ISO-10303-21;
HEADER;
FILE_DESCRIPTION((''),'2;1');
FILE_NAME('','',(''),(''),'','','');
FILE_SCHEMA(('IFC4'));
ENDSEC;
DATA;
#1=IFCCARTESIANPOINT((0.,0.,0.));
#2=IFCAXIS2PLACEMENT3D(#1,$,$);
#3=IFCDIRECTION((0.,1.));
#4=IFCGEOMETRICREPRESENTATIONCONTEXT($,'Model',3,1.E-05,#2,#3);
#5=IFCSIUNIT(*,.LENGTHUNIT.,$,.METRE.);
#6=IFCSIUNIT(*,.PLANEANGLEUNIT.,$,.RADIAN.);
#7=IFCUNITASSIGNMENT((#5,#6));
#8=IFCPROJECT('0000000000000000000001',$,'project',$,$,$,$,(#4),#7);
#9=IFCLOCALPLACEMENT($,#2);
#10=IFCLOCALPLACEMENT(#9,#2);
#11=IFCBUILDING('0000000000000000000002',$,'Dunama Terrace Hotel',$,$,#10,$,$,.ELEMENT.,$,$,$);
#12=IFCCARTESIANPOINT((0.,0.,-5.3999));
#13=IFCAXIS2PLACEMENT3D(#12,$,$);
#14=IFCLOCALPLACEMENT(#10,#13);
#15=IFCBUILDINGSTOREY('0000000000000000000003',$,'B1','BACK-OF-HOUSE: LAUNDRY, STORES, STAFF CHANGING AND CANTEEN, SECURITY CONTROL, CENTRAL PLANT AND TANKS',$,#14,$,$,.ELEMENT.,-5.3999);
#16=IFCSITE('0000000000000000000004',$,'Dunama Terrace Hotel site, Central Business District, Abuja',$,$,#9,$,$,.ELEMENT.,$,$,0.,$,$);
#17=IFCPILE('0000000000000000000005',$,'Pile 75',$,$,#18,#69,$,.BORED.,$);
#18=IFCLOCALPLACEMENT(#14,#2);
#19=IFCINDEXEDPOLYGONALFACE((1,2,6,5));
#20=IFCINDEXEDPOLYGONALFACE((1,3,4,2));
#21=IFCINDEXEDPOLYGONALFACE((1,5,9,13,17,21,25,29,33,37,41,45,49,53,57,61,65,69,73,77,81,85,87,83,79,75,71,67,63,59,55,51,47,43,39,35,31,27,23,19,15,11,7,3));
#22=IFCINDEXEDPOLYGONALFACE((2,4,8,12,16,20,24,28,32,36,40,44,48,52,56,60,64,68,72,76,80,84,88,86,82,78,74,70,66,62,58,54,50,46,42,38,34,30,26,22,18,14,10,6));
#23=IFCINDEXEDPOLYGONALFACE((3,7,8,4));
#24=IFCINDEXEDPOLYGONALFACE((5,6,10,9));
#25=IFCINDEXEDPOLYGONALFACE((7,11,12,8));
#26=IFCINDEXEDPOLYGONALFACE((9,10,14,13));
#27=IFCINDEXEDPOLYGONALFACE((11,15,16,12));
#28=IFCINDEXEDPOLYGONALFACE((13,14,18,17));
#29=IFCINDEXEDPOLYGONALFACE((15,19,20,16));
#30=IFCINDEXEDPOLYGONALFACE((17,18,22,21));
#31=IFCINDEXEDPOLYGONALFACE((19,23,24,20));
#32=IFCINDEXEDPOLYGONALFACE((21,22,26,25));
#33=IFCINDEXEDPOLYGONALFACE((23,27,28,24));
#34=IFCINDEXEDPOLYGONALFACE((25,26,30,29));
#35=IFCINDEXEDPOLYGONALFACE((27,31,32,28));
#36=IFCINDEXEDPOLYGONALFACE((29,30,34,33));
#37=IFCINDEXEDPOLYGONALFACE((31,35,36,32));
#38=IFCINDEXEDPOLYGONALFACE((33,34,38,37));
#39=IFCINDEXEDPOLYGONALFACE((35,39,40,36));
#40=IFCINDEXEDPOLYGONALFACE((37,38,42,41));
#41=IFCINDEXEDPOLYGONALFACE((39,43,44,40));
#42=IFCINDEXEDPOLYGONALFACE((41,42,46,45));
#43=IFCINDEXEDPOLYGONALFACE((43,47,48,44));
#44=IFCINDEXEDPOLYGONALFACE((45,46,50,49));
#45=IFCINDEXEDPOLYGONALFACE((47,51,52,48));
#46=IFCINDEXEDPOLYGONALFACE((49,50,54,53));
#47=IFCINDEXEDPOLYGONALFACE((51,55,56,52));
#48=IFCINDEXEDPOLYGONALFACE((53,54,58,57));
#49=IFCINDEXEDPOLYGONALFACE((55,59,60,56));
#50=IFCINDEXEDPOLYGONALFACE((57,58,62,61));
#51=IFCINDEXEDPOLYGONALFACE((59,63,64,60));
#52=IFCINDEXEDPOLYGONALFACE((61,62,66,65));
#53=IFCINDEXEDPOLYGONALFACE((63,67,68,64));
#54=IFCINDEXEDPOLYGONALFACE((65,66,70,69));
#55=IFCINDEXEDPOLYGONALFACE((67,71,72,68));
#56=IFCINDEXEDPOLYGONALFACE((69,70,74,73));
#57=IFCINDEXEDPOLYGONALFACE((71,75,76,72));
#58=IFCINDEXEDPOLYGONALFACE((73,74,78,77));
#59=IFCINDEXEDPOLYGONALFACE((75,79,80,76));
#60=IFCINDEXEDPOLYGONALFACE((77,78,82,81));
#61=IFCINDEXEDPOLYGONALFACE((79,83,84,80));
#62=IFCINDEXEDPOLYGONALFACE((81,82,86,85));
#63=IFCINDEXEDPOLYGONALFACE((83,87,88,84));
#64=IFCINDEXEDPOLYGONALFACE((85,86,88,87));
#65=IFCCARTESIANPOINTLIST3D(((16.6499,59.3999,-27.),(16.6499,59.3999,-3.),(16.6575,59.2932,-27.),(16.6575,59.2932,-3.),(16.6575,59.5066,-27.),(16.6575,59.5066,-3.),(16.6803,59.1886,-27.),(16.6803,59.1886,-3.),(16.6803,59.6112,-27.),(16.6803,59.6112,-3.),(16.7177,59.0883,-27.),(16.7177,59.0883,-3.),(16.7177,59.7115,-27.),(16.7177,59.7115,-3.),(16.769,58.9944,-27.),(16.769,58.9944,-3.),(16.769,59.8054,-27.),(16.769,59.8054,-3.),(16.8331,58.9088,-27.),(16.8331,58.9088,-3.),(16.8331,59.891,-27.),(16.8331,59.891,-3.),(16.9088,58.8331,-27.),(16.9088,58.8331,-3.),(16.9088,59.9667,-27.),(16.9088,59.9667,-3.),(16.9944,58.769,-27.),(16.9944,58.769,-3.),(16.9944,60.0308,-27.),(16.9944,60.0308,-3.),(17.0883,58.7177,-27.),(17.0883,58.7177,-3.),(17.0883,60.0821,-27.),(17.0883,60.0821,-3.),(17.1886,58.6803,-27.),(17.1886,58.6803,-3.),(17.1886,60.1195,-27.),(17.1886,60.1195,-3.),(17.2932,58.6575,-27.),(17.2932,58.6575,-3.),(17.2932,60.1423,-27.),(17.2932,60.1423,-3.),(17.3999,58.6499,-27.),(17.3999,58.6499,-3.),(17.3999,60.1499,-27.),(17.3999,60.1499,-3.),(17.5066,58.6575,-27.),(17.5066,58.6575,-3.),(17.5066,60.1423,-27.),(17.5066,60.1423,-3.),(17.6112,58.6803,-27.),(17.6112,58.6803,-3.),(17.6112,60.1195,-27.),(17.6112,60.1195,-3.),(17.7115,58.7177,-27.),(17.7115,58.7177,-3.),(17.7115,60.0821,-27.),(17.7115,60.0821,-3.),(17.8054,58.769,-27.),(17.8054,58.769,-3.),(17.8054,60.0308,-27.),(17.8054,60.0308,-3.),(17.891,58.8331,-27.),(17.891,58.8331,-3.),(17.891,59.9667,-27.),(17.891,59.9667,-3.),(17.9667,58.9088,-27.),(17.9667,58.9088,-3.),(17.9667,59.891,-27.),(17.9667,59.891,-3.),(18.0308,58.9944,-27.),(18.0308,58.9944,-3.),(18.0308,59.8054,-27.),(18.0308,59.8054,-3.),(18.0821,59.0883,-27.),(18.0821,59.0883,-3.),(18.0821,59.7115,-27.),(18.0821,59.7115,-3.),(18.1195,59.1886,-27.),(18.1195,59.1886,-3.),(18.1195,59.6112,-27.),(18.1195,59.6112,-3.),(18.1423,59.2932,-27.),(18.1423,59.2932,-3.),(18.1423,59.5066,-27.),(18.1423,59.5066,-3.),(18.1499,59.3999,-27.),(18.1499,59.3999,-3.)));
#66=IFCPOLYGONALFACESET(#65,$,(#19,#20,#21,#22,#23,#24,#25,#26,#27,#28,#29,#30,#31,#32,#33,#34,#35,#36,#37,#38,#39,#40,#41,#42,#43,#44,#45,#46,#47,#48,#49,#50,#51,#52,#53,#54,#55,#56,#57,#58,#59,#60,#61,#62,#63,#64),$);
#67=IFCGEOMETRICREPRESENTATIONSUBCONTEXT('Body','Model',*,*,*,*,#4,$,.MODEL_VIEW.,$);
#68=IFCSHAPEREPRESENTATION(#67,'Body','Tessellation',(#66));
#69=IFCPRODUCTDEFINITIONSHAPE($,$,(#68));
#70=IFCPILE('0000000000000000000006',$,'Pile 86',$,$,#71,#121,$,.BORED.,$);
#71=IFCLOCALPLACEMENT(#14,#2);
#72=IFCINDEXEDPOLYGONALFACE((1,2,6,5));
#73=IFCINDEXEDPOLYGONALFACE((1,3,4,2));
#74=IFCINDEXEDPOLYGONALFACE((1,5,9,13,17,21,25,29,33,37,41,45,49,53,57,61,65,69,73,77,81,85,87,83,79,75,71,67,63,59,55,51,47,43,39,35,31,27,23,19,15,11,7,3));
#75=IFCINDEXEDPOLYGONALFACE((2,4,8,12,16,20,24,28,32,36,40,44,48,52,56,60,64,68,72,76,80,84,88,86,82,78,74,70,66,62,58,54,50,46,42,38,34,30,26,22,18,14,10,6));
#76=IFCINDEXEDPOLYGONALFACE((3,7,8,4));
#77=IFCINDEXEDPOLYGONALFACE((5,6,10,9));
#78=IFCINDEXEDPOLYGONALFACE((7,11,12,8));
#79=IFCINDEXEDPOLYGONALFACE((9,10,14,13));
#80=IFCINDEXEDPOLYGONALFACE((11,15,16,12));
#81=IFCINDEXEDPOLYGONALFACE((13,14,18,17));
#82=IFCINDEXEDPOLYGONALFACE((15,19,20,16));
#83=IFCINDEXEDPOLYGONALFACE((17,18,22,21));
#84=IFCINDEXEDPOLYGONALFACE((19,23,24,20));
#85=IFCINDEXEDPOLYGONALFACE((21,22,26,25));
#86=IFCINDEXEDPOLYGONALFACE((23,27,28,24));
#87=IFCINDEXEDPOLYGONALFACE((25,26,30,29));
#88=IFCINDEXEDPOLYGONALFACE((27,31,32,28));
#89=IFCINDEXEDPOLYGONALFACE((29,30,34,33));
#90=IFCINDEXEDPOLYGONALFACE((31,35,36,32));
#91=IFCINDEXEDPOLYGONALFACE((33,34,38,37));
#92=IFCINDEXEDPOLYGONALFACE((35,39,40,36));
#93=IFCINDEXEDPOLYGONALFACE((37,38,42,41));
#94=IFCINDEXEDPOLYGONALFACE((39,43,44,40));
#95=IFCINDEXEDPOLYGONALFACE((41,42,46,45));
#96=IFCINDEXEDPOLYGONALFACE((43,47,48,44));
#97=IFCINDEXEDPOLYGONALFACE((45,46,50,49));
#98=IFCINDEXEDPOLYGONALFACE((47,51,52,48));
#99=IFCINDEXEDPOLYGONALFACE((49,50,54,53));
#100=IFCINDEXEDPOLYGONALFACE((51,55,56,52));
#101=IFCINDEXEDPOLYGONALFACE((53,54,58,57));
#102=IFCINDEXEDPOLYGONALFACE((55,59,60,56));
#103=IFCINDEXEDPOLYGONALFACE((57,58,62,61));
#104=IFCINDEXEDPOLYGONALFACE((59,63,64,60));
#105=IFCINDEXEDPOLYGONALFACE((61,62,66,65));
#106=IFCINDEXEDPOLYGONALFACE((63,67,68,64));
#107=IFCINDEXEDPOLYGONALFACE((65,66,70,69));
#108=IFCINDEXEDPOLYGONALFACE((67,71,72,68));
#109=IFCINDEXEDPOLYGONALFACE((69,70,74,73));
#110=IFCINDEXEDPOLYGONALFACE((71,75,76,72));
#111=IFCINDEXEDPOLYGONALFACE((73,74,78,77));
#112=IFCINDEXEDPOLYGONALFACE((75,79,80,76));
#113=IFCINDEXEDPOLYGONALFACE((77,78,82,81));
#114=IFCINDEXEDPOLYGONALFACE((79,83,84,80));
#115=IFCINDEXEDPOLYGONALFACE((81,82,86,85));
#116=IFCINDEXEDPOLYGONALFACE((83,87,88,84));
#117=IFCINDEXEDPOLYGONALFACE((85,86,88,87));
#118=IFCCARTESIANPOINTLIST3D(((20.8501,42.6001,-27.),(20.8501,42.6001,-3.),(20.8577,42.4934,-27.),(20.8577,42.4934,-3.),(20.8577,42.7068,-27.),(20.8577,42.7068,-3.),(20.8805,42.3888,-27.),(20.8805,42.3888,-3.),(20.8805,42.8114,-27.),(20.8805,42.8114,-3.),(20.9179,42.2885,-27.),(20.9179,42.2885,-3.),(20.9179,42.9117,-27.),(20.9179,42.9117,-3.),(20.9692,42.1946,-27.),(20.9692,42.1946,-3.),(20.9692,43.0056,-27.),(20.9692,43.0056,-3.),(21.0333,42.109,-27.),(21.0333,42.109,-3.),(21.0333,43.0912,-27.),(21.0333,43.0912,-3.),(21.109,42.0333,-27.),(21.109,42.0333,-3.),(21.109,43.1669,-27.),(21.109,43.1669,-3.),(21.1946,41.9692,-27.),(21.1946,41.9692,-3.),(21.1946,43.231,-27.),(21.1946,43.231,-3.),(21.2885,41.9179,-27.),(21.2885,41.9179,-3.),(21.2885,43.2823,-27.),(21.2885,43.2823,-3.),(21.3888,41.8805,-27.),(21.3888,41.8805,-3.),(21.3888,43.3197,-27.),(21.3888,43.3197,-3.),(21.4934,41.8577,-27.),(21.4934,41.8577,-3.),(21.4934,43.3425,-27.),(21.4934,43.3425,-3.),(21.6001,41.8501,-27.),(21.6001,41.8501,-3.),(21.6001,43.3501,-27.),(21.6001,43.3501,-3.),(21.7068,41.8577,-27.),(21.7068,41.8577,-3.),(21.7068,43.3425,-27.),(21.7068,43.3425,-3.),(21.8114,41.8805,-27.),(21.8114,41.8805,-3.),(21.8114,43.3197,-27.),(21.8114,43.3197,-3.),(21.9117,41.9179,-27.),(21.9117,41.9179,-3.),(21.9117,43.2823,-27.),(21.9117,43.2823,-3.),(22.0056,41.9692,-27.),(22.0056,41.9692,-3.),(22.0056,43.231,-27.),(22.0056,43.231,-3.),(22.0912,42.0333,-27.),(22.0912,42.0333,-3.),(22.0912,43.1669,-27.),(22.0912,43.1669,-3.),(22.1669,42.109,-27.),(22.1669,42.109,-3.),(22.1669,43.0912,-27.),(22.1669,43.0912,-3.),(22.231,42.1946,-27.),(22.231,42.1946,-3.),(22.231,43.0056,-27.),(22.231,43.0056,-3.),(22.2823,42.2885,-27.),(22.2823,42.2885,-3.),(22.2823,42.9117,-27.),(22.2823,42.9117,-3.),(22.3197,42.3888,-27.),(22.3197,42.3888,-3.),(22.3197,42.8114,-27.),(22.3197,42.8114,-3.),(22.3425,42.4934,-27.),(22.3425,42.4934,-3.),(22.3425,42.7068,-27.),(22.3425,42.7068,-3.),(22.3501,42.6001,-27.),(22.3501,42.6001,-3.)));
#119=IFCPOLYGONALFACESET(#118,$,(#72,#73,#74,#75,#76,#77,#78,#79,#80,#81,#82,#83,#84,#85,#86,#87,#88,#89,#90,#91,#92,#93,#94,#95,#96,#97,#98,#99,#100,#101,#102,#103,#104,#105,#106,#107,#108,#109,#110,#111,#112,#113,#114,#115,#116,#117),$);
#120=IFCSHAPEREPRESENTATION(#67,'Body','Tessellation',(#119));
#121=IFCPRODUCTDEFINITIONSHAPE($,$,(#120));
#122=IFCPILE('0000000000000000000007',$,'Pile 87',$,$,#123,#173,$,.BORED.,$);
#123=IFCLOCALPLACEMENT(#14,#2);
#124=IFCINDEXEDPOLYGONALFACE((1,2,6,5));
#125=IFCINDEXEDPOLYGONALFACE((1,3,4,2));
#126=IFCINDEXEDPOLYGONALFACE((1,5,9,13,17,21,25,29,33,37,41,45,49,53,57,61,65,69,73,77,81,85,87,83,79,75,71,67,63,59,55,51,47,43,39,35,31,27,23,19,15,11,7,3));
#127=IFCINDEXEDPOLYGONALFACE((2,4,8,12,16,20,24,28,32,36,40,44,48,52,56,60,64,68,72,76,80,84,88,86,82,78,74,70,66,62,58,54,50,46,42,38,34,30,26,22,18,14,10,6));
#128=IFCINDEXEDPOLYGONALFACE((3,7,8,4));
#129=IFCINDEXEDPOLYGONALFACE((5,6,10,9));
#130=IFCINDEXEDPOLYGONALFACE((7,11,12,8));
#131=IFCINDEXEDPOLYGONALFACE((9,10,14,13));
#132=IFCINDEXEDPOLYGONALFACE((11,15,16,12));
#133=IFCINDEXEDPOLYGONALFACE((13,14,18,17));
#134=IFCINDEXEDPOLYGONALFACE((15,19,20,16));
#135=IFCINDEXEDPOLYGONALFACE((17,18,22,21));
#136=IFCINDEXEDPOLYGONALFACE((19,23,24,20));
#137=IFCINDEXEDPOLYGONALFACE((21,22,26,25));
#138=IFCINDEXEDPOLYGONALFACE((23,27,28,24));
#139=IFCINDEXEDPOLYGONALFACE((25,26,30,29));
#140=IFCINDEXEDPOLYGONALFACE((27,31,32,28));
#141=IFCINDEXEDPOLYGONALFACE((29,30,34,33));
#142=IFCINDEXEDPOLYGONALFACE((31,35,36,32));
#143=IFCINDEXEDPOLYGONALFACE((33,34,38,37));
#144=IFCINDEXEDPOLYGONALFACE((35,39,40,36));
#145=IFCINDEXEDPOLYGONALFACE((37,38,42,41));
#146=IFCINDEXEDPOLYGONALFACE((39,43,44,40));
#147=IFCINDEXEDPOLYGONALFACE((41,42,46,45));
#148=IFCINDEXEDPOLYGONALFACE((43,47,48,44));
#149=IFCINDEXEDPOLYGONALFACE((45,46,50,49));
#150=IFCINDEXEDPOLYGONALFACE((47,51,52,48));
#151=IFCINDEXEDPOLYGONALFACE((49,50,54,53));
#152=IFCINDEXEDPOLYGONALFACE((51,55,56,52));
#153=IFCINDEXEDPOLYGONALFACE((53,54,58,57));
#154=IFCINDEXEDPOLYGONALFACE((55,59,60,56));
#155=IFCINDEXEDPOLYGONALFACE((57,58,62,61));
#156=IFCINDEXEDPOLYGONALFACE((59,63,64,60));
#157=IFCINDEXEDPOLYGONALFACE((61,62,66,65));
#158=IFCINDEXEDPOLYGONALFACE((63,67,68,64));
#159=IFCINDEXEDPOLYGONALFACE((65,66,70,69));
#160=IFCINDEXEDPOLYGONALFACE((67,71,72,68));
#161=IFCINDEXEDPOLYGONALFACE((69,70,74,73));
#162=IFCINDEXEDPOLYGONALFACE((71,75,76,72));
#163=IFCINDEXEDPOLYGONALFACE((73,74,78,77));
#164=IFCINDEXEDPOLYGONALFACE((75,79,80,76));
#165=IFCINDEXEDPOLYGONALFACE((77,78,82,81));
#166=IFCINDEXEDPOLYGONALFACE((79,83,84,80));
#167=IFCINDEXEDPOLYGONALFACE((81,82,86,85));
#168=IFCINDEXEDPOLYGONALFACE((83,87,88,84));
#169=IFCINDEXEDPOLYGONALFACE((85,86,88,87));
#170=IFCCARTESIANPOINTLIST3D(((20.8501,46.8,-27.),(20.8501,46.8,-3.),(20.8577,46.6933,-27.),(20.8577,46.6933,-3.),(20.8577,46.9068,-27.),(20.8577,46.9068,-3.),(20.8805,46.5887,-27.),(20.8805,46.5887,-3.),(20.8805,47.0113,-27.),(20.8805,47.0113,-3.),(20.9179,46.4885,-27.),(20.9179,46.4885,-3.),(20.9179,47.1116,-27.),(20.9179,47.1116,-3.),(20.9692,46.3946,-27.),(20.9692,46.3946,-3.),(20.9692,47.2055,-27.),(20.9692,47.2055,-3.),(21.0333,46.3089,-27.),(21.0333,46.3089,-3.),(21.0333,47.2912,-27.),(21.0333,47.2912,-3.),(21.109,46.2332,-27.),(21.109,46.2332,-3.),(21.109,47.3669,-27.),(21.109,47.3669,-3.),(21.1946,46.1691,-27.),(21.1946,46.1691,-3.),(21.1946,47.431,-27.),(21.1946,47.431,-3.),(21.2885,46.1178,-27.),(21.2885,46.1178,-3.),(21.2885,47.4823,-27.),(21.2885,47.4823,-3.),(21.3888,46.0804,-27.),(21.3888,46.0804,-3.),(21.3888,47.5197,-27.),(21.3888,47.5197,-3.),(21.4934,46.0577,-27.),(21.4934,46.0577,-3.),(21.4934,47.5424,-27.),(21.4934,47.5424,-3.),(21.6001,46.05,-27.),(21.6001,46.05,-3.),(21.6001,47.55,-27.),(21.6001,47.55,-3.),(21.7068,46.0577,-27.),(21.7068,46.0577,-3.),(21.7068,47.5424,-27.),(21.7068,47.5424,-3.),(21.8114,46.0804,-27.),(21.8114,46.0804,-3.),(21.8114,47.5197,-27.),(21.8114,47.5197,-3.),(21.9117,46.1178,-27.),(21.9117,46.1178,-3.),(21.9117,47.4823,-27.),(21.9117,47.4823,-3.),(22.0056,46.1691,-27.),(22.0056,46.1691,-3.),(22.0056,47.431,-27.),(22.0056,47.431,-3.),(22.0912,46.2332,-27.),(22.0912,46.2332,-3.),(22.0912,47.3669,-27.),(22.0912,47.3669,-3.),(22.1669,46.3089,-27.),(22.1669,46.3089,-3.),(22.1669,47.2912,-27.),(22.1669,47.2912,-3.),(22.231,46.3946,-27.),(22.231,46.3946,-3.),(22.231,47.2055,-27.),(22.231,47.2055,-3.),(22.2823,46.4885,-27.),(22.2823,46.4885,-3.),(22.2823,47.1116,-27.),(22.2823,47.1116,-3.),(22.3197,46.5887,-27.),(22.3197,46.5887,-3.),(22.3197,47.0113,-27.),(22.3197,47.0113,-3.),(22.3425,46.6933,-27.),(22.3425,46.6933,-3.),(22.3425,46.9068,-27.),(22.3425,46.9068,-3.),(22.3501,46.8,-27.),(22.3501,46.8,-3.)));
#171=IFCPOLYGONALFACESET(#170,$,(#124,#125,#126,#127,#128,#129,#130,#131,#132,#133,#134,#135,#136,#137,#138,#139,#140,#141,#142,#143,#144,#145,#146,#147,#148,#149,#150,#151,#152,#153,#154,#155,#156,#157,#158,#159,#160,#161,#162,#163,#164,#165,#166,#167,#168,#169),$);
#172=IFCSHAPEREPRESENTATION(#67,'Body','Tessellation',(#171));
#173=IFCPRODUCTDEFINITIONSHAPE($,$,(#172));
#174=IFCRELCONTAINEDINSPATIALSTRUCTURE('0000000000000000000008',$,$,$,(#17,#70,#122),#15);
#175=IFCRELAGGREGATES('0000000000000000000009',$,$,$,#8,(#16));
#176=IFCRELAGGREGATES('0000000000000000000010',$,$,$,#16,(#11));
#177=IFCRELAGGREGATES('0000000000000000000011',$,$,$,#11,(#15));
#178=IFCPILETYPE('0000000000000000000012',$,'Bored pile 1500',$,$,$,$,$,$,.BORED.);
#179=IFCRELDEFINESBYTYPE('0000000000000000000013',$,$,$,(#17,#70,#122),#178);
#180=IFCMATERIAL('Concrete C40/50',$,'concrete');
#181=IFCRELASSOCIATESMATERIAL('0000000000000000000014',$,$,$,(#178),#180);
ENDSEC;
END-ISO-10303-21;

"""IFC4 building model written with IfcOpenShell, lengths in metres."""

from ifc_helpers import new_model, si_unit, direction, frame, origin, origin_2d, place, context, subcontext, project, spatial, circle, extrude, material, material_profile, profile_set, type_object, element, save


model = new_model("IFC4")

# Units and contexts
model_context = context("Model", 3, precision=1e-05, world=origin(), true_north=direction((0.0, 1.0)))
body_context = subcontext(model_context, "Body", "Model", "MODEL_VIEW")
ifc_project = project(units=[si_unit("LENGTHUNIT", "METRE"), si_unit("PLANEANGLEUNIT", "RADIAN")], contexts=[model_context])

# Site, building, storey
site_placement = place(None, origin())
site = spatial("IfcSite", under=ifc_project, at=site_placement, Name="Dunama Terrace Hotel site, Central Business District, Abuja", CompositionType="ELEMENT", RefElevation=0.0)
building_placement = place(site_placement, origin())
building = spatial("IfcBuilding", under=site, at=building_placement, Name="Dunama Terrace Hotel", CompositionType="ELEMENT")
storey_placement = place(building_placement, frame((0.0, 0.0, -5.3999)))
storey = spatial("IfcBuildingStorey", under=building, at=storey_placement, Name="B1", Description="BACK-OF-HOUSE: LAUNDRY, STORES, STAFF CHANGING AND CANTEEN, SECURITY CONTROL, CENTRAL PLANT AND TANKS", CompositionType="ELEMENT", Elevation=-5.3999)

# Piles
ifc_material_1 = material(Name="Concrete C40/50", Category="concrete")
ifc_material_profile_1 = material_profile(ifc_material_1, circle(Radius=0.75, at=origin_2d()), Name="PILE D1500")
ifc_profile_set_1 = profile_set([ifc_material_profile_1], Name="Concrete C40/50")
pile_type = type_object("IfcPileType", Name="Bored pile 1500", PredefinedType="BORED", material=ifc_profile_set_1)
for number, where, z_axis, x_axis, name in (
    (1, (17.3999, 59.3999, -3.0), (0.0, 0.0, -1.0), (1.0, 0.0, 0.0), "Pile 75"),
    (2, (21.6001, 42.6001, -3.0), (0.0, 0.0, -1.0), (1.0, 0.0, 0.0), "Pile 86"),
    (3, (21.6001, 46.8, -3.0), (0.0, 0.0, -1.0), (1.0, 0.0, 0.0), "Pile 87"),
):
    element("IfcPile", number, at=place(storey_placement, frame(where, z_axis=z_axis, x_axis=x_axis)), inside=storey, type_object=pile_type, Name=name, PredefinedType="BORED", context=body_context, shape_type="SweptSolid", body=[
        extrude(circle(Radius=0.75, at=origin_2d()), origin(), (0.0, 0.0, 1.0), 24.0),
    ])

save(model, "model.ifc")
